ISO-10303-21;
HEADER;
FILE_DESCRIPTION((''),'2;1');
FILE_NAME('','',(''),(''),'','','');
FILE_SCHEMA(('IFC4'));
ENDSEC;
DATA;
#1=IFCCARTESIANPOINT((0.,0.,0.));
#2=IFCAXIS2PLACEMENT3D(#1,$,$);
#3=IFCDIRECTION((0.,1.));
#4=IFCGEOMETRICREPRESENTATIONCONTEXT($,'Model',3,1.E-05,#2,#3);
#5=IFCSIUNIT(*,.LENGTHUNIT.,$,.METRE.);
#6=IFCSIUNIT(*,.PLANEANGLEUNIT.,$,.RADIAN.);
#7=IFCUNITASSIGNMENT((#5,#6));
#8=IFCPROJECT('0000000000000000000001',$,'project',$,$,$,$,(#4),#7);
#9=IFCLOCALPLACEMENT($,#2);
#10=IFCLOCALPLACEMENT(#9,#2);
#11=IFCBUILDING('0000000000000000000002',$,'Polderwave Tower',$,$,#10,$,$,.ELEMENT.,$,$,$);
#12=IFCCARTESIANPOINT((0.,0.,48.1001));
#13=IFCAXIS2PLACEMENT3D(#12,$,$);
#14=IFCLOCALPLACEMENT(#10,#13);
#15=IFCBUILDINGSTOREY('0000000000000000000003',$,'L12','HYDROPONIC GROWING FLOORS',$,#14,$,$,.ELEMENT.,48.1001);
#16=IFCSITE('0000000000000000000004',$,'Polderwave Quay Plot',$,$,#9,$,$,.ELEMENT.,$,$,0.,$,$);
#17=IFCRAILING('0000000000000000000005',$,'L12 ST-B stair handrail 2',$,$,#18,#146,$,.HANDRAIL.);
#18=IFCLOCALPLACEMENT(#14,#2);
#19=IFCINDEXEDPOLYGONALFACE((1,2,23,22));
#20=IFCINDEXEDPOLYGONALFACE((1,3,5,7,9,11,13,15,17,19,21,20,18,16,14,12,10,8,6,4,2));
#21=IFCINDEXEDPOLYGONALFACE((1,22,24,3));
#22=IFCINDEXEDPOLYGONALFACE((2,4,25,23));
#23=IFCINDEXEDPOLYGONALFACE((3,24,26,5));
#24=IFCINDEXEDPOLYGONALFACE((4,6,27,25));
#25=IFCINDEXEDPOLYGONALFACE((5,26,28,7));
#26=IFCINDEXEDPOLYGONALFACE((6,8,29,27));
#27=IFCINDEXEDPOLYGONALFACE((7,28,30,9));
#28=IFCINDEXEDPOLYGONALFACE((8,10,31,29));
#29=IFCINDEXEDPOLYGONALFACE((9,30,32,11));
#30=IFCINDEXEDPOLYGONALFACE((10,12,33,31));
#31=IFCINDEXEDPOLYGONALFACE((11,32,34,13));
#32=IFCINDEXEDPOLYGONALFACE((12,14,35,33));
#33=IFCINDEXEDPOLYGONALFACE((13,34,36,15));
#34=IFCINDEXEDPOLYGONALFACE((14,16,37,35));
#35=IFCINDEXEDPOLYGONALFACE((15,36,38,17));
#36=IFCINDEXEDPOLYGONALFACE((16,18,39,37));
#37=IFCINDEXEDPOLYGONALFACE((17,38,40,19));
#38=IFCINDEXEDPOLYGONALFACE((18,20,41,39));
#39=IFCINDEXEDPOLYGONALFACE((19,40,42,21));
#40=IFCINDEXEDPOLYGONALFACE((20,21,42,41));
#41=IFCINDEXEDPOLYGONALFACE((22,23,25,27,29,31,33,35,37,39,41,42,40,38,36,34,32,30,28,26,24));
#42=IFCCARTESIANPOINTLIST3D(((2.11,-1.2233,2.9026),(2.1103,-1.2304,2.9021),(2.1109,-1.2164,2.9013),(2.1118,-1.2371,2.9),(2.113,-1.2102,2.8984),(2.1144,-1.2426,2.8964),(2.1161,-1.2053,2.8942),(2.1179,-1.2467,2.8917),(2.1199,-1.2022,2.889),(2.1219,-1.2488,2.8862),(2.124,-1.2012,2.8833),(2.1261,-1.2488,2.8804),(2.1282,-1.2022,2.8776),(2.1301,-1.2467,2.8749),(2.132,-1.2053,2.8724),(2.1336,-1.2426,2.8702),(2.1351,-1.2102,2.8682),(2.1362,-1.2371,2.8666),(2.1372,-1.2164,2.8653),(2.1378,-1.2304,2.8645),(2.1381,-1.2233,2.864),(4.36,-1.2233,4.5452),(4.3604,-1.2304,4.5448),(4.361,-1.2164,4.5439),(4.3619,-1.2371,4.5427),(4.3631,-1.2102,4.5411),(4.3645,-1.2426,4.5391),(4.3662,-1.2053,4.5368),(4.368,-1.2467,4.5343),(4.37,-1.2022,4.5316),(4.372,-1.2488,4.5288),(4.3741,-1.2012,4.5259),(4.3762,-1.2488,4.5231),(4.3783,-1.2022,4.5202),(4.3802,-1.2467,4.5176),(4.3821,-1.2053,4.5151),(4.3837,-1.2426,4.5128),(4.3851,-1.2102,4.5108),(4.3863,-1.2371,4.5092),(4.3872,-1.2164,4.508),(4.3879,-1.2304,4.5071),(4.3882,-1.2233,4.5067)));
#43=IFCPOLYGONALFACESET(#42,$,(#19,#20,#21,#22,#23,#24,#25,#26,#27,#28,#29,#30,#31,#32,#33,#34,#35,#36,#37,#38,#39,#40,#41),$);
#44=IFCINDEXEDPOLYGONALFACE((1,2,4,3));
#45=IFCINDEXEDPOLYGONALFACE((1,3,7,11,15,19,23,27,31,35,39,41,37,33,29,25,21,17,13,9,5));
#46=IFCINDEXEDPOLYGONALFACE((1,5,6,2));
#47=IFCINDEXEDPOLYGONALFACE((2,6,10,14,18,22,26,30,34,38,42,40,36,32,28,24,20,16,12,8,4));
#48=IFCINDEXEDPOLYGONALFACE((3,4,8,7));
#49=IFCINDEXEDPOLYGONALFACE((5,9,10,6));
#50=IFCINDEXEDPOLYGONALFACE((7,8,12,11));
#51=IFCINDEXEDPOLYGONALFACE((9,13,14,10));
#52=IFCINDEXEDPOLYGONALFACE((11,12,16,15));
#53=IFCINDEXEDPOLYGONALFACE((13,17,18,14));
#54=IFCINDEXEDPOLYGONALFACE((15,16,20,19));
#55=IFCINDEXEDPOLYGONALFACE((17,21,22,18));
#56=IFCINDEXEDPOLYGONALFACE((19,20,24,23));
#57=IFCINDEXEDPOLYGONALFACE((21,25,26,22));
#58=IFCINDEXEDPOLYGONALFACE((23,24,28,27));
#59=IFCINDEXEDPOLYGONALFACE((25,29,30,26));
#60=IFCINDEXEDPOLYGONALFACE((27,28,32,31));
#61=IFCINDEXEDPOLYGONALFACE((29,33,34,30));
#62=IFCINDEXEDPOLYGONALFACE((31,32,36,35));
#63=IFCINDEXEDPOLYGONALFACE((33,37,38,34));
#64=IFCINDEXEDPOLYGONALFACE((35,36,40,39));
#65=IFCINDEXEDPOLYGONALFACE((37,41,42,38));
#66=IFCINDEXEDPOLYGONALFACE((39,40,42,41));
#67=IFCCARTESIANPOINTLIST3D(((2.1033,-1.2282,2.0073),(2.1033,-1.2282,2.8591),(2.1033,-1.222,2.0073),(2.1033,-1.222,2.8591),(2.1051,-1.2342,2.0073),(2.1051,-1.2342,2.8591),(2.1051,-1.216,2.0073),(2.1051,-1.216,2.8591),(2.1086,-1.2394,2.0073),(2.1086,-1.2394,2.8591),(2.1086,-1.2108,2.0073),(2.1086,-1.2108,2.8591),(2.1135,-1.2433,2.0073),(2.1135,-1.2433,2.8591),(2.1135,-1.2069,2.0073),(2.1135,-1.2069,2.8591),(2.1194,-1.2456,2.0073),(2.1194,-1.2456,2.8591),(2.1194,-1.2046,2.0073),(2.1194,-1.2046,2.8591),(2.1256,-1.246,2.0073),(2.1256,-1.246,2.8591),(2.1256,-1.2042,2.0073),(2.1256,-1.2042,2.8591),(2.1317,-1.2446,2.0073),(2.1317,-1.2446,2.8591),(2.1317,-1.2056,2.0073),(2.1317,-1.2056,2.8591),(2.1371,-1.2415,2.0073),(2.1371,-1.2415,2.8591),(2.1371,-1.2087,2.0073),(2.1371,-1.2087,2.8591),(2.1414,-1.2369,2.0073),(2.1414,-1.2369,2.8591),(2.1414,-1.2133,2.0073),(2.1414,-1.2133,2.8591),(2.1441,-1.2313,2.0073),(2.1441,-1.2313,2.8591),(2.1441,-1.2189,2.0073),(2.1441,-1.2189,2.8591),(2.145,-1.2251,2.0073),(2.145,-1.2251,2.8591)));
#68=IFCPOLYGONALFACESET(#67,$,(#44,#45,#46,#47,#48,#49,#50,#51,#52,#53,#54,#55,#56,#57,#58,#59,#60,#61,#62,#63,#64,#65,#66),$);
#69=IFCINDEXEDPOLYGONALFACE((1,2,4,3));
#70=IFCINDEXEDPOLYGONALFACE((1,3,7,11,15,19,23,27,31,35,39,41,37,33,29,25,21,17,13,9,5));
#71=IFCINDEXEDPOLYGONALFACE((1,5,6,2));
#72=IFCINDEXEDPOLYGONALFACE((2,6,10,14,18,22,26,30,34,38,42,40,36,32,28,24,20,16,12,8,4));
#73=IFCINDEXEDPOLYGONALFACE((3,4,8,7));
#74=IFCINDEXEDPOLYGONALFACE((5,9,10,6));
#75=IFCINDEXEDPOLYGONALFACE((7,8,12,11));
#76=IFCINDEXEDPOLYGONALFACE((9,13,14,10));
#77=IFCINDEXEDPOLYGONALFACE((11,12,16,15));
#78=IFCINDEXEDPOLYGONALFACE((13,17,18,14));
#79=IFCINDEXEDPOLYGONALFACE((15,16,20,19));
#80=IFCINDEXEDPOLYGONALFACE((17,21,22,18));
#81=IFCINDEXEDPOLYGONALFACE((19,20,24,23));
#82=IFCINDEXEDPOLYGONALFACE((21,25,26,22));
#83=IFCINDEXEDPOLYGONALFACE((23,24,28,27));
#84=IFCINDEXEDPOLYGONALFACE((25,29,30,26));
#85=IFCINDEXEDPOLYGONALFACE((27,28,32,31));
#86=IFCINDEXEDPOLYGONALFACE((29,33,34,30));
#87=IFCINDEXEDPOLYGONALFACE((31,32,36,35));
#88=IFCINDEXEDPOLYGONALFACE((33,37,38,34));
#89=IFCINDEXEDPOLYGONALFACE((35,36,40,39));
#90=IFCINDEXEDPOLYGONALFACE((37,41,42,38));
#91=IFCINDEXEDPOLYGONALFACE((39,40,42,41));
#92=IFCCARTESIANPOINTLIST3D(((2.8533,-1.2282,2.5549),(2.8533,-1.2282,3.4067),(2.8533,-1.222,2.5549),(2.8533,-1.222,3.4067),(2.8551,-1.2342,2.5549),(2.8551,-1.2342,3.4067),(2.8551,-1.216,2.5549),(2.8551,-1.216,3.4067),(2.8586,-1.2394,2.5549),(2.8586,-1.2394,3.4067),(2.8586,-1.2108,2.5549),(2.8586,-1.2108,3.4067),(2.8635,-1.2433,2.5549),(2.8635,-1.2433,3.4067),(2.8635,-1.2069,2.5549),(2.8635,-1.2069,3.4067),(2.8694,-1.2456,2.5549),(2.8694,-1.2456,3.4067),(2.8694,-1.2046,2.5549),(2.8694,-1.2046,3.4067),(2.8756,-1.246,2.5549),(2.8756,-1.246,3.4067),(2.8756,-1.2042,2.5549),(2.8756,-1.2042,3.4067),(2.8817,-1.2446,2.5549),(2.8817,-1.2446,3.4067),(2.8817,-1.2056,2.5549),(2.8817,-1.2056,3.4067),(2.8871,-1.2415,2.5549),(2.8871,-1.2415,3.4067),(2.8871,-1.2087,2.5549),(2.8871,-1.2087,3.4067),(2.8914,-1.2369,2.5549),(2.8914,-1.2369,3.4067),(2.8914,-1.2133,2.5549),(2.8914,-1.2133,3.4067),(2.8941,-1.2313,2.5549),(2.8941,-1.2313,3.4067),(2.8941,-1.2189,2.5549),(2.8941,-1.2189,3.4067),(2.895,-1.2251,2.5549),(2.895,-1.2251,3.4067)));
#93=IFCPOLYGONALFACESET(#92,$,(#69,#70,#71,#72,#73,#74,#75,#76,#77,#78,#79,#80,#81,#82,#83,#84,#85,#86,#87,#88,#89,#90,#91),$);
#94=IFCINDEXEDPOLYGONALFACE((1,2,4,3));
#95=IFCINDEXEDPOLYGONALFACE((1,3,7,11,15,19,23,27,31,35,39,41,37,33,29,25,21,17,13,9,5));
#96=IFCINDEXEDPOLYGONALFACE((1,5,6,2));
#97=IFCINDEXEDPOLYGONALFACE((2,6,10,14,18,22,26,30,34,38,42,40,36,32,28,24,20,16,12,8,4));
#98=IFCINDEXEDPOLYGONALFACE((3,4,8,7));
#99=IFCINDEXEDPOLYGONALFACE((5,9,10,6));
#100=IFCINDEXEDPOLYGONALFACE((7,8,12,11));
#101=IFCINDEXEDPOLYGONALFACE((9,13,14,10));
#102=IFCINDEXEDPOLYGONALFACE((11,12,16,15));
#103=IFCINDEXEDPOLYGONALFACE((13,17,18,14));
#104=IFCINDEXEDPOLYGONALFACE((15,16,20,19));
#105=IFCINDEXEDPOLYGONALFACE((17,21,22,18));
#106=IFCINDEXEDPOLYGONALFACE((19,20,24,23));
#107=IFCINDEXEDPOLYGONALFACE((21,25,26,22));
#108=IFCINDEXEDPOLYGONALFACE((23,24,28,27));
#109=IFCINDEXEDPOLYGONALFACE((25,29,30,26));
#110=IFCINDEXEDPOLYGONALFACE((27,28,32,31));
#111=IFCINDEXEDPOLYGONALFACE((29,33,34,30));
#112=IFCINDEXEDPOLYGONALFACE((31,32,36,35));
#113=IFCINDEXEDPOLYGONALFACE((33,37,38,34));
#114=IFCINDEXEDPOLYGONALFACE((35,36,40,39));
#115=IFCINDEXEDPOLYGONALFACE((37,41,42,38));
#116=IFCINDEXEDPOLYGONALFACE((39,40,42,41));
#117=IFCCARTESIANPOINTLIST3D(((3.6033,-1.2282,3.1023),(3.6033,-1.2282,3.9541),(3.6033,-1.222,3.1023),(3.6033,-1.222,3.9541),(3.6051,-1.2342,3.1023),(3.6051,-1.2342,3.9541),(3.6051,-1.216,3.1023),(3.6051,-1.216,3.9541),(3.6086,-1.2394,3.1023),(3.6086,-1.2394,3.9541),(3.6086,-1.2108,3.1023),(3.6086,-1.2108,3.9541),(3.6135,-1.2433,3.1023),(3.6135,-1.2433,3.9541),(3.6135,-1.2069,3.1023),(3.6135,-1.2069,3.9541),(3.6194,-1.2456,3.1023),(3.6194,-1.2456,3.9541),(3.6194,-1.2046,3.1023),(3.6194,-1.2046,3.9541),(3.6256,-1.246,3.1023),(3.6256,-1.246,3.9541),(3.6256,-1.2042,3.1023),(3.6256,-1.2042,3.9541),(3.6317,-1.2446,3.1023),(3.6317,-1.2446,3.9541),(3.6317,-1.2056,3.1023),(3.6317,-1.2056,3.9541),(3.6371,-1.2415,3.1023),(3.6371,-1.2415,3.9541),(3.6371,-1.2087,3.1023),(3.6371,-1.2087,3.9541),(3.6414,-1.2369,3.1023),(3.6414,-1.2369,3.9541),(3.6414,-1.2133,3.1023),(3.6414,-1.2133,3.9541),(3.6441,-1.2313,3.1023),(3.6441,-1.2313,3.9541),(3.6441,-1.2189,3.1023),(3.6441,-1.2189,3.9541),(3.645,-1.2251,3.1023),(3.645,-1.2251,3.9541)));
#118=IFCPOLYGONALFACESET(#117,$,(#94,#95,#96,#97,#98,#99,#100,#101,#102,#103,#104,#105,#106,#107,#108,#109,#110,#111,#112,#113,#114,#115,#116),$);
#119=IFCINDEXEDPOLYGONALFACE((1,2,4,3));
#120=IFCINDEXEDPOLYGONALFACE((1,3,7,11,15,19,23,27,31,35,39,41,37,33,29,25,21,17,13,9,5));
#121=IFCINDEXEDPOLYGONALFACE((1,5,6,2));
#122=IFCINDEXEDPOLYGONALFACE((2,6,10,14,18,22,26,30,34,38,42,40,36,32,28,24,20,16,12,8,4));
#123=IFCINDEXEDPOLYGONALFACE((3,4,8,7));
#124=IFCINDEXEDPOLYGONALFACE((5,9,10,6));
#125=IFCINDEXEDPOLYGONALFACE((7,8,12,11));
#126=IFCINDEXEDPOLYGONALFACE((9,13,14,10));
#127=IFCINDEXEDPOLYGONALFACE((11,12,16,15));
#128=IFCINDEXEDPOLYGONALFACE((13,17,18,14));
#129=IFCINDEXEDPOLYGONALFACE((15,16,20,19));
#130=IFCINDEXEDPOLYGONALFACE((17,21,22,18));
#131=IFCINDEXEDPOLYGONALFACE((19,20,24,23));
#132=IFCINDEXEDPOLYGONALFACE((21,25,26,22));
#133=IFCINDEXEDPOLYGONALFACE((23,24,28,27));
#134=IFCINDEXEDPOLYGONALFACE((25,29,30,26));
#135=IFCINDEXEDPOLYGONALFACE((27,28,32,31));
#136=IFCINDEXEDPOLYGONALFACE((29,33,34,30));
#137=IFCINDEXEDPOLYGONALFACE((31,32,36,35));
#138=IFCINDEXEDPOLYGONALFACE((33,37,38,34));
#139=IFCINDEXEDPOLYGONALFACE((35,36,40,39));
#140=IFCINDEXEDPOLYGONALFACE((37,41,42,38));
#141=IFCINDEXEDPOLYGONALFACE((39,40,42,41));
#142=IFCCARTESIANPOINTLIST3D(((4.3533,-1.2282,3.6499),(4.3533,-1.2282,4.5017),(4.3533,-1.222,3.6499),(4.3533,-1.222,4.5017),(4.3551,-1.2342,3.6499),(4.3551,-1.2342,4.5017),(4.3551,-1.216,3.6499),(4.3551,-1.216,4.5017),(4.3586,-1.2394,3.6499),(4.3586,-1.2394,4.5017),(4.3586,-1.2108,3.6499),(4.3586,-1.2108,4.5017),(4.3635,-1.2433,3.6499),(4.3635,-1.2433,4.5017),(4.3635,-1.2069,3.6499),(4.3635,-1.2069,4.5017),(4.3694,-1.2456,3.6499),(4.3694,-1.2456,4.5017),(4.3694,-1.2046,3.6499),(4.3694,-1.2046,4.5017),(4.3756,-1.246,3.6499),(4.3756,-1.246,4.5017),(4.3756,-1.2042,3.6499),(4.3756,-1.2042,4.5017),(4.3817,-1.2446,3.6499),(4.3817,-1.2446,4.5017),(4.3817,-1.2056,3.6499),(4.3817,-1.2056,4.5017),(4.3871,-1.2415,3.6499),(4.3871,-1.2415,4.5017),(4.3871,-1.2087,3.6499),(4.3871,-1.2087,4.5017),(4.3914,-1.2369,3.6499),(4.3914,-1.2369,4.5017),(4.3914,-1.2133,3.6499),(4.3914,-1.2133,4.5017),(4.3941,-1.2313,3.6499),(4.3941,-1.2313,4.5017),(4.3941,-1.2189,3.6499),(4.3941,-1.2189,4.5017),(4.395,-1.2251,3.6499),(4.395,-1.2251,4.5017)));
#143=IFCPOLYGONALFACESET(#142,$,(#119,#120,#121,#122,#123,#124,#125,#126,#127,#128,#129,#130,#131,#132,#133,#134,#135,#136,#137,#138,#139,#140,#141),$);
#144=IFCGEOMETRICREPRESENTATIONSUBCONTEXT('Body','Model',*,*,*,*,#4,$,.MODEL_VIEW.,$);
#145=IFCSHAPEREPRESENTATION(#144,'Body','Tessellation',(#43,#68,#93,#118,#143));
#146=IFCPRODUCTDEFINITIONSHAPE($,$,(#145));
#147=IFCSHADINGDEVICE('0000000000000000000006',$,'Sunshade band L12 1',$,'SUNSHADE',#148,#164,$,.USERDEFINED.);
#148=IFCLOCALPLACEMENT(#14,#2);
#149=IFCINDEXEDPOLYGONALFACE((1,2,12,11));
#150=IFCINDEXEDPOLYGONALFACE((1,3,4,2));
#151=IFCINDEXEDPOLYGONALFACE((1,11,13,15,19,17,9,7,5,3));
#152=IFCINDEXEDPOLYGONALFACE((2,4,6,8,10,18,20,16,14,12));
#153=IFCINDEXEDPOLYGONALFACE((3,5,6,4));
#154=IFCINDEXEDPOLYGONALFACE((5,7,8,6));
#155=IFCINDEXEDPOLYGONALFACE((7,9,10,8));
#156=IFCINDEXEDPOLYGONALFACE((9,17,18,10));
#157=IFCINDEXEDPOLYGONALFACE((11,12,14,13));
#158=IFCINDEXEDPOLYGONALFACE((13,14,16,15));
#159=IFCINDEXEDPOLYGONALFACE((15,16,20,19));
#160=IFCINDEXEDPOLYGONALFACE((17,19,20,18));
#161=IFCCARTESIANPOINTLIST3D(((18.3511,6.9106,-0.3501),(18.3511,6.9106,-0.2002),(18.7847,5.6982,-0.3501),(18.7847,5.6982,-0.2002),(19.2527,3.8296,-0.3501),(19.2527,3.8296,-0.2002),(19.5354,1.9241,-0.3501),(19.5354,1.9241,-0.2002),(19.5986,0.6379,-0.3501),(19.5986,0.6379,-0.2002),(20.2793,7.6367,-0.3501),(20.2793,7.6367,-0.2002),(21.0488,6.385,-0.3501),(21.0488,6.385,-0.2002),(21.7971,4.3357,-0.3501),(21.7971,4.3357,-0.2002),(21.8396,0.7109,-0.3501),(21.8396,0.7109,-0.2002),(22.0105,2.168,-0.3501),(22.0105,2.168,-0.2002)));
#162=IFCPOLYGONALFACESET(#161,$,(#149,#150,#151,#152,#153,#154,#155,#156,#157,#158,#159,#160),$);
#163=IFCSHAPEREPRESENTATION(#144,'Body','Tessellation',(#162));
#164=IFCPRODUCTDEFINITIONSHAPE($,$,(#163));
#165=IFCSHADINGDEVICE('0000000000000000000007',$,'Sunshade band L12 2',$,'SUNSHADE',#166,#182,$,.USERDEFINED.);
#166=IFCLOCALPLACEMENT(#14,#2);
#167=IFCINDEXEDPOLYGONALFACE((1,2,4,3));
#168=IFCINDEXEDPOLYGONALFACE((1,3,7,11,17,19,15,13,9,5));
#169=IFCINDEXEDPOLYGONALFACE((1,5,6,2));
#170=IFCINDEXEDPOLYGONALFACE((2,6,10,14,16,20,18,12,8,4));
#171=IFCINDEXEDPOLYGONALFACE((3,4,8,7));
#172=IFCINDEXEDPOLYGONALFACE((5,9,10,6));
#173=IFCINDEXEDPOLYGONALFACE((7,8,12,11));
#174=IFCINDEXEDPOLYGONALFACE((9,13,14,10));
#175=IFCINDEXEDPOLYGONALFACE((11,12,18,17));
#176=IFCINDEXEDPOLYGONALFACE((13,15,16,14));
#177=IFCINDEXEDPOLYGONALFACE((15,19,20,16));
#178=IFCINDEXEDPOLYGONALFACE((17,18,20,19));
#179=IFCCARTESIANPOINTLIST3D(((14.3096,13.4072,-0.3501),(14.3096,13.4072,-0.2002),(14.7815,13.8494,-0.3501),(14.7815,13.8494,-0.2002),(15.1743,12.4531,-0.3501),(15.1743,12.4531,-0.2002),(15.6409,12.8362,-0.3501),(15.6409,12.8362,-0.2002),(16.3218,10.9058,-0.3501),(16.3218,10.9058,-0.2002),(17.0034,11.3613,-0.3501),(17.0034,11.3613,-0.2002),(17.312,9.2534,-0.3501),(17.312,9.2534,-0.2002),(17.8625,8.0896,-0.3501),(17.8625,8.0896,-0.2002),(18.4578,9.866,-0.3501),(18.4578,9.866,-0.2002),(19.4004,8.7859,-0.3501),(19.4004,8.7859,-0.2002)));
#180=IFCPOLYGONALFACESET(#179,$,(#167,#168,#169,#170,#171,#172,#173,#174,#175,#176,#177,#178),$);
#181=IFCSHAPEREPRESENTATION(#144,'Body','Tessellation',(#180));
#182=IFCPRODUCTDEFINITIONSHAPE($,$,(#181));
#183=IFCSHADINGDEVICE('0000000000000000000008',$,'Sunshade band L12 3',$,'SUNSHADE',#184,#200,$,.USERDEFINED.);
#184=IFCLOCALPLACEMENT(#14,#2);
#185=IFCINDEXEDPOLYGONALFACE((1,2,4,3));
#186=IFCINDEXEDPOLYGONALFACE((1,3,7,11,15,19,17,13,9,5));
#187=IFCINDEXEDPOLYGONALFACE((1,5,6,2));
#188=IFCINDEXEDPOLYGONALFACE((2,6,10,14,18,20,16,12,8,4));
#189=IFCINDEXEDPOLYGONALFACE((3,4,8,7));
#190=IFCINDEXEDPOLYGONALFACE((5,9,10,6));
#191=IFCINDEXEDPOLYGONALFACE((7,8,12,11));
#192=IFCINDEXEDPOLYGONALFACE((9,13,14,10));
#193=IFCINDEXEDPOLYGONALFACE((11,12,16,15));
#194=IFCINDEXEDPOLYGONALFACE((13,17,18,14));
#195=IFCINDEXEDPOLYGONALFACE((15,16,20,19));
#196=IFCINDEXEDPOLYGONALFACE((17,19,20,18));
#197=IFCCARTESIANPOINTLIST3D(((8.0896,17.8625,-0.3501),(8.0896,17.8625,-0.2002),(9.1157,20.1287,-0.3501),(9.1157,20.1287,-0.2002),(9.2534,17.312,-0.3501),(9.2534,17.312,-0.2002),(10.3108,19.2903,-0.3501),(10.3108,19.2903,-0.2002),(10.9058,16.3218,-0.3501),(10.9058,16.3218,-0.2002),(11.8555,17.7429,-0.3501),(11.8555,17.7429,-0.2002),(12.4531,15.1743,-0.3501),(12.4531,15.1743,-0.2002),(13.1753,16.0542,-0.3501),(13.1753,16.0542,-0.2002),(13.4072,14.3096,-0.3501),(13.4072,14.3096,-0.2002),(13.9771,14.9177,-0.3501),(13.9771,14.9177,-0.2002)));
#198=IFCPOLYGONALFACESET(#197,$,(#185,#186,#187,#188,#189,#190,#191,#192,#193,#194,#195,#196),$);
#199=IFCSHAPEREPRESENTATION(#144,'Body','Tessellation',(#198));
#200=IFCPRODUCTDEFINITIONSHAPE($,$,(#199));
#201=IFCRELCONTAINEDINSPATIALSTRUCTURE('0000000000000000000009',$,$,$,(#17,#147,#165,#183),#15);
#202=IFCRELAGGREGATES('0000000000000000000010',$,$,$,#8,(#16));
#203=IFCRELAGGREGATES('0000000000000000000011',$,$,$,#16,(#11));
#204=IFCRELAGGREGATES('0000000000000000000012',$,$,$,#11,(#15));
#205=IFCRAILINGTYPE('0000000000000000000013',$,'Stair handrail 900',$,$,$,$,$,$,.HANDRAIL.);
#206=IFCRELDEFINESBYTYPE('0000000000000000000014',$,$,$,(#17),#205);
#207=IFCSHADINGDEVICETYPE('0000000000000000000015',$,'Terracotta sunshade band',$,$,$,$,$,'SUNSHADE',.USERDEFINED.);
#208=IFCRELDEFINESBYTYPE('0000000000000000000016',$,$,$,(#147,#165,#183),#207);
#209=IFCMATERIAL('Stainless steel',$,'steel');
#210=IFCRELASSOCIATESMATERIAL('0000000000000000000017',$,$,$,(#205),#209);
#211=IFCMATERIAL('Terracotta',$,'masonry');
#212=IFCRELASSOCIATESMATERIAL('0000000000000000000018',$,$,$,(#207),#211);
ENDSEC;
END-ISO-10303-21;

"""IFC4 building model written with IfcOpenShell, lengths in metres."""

from ifc_helpers import new_model, si_unit, direction, frame, origin, origin_2d, place, context, subcontext, project, spatial, polyline, circle, outline, extrude, material, type_object, element, save


model = new_model("IFC4")

# Units and contexts
model_context = context("Model", 3, precision=1e-05, world=origin(), true_north=direction((0.0, 1.0)))
body_context = subcontext(model_context, "Body", "Model", "MODEL_VIEW")
ifc_project = project(units=[si_unit("LENGTHUNIT", "METRE"), si_unit("PLANEANGLEUNIT", "RADIAN")], contexts=[model_context])

# Site, building, storey
site_placement = place(None, origin())
site = spatial("IfcSite", under=ifc_project, at=site_placement, Name="Polderwave Quay Plot", CompositionType="ELEMENT", RefElevation=0.0)
building_placement = place(site_placement, origin())
building = spatial("IfcBuilding", under=site, at=building_placement, Name="Polderwave Tower", CompositionType="ELEMENT")
storey_placement = place(building_placement, frame((0.0, 0.0, 48.1001)))
storey = spatial("IfcBuildingStorey", under=building, at=storey_placement, Name="L12", Description="HYDROPONIC GROWING FLOORS", CompositionType="ELEMENT", Elevation=48.1001)

# Railing
ifc_material_1 = material(Name="Stainless steel", Category="steel")
railing_type_1 = type_object("IfcRailingType", Name="Stair handrail 900", PredefinedType="HANDRAIL", material=ifc_material_1)
railing_1_placement = place(storey_placement, frame((2.124, -1.2251, 2.0073)))
element("IfcRailing", 1, at=railing_1_placement, inside=storey, type_object=railing_type_1, Name="L12 ST-B stair handrail 2", PredefinedType="HANDRAIL", context=body_context, shape_type="SweptSolid", body=[
    extrude(circle(Radius=0.0239, at=origin_2d()), frame((0.0, 0.0, 0.876), z_axis=(0.807674, 0.0, 0.58963), x_axis=(0.0, 1.0, 0.0)), (0.0, 0.0, 1.0), 2.7859),
    extrude(circle(Radius=0.021, at=origin_2d()), origin(), (0.0, 0.0, 1.0), 0.8518),
    extrude(circle(Radius=0.021, at=origin_2d()), frame((0.75, 0.0, 0.5476)), (0.0, 0.0, 1.0), 0.8518),
    extrude(circle(Radius=0.021, at=origin_2d()), frame((1.5, 0.0, 1.095)), (0.0, 0.0, 1.0), 0.8518),
    extrude(circle(Radius=0.021, at=origin_2d()), frame((2.25, 0.0, 1.6426)), (0.0, 0.0, 1.0), 0.8518),
])

# Shading devices
ifc_material_2 = material(Name="Terracotta", Category="masonry")
shading_device_type = type_object("IfcShadingDeviceType", Name="Terracotta sunshade band", ElementType="SUNSHADE", PredefinedType="USERDEFINED", material=ifc_material_2)
shading_device_1_placement = place(storey_placement, frame((0.0, 0.0, -0.3501)))
element("IfcShadingDevice", 2, at=shading_device_1_placement, inside=storey, type_object=shading_device_type, Name="Sunshade band L12 1", ObjectType="SUNSHADE", PredefinedType="USERDEFINED", context=body_context, shape_type="SweptSolid", body=[
    extrude(outline(polyline([(19.5986, 0.6379), (19.5354, 1.9241), (19.2527, 3.8296), (18.7847, 5.6982), (18.3511, 6.9106), (20.2793, 7.6367), (21.0488, 6.385), (21.7971, 4.3357), (22.0105, 2.168), (21.8396, 0.7109), (19.5986, 0.6379)])), origin(), (0.0, 0.0, 1.0), 0.1499),
])
shading_device_2_placement = place(storey_placement, frame((0.0, 0.0, -0.3501)))
element("IfcShadingDevice", 3, at=shading_device_2_placement, inside=storey, type_object=shading_device_type, Name="Sunshade band L12 2", ObjectType="SUNSHADE", PredefinedType="USERDEFINED", context=body_context, shape_type="SweptSolid", body=[
    extrude(outline(polyline([(17.8625, 8.0896), (17.312, 9.2534), (16.3218, 10.9058), (15.1743, 12.4531), (14.3096, 13.4072), (14.7815, 13.8494), (15.6409, 12.8362), (17.0034, 11.3613), (18.4578, 9.866), (19.4004, 8.7859), (17.8625, 8.0896)])), origin(), (0.0, 0.0, 1.0), 0.1499),
])
shading_device_3_placement = place(storey_placement, frame((0.0, 0.0, -0.3501)))
element("IfcShadingDevice", 4, at=shading_device_3_placement, inside=storey, type_object=shading_device_type, Name="Sunshade band L12 3", ObjectType="SUNSHADE", PredefinedType="USERDEFINED", context=body_context, shape_type="SweptSolid", body=[
    extrude(outline(polyline([(13.4072, 14.3096), (12.4531, 15.1743), (10.9058, 16.3218), (9.2534, 17.312), (8.0896, 17.8625), (9.1157, 20.1287), (10.3108, 19.2903), (11.8555, 17.7429), (13.1753, 16.0542), (13.9771, 14.9177), (13.4072, 14.3096)])), origin(), (0.0, 0.0, 1.0), 0.1499),
])

save(model, "model.ifc")
